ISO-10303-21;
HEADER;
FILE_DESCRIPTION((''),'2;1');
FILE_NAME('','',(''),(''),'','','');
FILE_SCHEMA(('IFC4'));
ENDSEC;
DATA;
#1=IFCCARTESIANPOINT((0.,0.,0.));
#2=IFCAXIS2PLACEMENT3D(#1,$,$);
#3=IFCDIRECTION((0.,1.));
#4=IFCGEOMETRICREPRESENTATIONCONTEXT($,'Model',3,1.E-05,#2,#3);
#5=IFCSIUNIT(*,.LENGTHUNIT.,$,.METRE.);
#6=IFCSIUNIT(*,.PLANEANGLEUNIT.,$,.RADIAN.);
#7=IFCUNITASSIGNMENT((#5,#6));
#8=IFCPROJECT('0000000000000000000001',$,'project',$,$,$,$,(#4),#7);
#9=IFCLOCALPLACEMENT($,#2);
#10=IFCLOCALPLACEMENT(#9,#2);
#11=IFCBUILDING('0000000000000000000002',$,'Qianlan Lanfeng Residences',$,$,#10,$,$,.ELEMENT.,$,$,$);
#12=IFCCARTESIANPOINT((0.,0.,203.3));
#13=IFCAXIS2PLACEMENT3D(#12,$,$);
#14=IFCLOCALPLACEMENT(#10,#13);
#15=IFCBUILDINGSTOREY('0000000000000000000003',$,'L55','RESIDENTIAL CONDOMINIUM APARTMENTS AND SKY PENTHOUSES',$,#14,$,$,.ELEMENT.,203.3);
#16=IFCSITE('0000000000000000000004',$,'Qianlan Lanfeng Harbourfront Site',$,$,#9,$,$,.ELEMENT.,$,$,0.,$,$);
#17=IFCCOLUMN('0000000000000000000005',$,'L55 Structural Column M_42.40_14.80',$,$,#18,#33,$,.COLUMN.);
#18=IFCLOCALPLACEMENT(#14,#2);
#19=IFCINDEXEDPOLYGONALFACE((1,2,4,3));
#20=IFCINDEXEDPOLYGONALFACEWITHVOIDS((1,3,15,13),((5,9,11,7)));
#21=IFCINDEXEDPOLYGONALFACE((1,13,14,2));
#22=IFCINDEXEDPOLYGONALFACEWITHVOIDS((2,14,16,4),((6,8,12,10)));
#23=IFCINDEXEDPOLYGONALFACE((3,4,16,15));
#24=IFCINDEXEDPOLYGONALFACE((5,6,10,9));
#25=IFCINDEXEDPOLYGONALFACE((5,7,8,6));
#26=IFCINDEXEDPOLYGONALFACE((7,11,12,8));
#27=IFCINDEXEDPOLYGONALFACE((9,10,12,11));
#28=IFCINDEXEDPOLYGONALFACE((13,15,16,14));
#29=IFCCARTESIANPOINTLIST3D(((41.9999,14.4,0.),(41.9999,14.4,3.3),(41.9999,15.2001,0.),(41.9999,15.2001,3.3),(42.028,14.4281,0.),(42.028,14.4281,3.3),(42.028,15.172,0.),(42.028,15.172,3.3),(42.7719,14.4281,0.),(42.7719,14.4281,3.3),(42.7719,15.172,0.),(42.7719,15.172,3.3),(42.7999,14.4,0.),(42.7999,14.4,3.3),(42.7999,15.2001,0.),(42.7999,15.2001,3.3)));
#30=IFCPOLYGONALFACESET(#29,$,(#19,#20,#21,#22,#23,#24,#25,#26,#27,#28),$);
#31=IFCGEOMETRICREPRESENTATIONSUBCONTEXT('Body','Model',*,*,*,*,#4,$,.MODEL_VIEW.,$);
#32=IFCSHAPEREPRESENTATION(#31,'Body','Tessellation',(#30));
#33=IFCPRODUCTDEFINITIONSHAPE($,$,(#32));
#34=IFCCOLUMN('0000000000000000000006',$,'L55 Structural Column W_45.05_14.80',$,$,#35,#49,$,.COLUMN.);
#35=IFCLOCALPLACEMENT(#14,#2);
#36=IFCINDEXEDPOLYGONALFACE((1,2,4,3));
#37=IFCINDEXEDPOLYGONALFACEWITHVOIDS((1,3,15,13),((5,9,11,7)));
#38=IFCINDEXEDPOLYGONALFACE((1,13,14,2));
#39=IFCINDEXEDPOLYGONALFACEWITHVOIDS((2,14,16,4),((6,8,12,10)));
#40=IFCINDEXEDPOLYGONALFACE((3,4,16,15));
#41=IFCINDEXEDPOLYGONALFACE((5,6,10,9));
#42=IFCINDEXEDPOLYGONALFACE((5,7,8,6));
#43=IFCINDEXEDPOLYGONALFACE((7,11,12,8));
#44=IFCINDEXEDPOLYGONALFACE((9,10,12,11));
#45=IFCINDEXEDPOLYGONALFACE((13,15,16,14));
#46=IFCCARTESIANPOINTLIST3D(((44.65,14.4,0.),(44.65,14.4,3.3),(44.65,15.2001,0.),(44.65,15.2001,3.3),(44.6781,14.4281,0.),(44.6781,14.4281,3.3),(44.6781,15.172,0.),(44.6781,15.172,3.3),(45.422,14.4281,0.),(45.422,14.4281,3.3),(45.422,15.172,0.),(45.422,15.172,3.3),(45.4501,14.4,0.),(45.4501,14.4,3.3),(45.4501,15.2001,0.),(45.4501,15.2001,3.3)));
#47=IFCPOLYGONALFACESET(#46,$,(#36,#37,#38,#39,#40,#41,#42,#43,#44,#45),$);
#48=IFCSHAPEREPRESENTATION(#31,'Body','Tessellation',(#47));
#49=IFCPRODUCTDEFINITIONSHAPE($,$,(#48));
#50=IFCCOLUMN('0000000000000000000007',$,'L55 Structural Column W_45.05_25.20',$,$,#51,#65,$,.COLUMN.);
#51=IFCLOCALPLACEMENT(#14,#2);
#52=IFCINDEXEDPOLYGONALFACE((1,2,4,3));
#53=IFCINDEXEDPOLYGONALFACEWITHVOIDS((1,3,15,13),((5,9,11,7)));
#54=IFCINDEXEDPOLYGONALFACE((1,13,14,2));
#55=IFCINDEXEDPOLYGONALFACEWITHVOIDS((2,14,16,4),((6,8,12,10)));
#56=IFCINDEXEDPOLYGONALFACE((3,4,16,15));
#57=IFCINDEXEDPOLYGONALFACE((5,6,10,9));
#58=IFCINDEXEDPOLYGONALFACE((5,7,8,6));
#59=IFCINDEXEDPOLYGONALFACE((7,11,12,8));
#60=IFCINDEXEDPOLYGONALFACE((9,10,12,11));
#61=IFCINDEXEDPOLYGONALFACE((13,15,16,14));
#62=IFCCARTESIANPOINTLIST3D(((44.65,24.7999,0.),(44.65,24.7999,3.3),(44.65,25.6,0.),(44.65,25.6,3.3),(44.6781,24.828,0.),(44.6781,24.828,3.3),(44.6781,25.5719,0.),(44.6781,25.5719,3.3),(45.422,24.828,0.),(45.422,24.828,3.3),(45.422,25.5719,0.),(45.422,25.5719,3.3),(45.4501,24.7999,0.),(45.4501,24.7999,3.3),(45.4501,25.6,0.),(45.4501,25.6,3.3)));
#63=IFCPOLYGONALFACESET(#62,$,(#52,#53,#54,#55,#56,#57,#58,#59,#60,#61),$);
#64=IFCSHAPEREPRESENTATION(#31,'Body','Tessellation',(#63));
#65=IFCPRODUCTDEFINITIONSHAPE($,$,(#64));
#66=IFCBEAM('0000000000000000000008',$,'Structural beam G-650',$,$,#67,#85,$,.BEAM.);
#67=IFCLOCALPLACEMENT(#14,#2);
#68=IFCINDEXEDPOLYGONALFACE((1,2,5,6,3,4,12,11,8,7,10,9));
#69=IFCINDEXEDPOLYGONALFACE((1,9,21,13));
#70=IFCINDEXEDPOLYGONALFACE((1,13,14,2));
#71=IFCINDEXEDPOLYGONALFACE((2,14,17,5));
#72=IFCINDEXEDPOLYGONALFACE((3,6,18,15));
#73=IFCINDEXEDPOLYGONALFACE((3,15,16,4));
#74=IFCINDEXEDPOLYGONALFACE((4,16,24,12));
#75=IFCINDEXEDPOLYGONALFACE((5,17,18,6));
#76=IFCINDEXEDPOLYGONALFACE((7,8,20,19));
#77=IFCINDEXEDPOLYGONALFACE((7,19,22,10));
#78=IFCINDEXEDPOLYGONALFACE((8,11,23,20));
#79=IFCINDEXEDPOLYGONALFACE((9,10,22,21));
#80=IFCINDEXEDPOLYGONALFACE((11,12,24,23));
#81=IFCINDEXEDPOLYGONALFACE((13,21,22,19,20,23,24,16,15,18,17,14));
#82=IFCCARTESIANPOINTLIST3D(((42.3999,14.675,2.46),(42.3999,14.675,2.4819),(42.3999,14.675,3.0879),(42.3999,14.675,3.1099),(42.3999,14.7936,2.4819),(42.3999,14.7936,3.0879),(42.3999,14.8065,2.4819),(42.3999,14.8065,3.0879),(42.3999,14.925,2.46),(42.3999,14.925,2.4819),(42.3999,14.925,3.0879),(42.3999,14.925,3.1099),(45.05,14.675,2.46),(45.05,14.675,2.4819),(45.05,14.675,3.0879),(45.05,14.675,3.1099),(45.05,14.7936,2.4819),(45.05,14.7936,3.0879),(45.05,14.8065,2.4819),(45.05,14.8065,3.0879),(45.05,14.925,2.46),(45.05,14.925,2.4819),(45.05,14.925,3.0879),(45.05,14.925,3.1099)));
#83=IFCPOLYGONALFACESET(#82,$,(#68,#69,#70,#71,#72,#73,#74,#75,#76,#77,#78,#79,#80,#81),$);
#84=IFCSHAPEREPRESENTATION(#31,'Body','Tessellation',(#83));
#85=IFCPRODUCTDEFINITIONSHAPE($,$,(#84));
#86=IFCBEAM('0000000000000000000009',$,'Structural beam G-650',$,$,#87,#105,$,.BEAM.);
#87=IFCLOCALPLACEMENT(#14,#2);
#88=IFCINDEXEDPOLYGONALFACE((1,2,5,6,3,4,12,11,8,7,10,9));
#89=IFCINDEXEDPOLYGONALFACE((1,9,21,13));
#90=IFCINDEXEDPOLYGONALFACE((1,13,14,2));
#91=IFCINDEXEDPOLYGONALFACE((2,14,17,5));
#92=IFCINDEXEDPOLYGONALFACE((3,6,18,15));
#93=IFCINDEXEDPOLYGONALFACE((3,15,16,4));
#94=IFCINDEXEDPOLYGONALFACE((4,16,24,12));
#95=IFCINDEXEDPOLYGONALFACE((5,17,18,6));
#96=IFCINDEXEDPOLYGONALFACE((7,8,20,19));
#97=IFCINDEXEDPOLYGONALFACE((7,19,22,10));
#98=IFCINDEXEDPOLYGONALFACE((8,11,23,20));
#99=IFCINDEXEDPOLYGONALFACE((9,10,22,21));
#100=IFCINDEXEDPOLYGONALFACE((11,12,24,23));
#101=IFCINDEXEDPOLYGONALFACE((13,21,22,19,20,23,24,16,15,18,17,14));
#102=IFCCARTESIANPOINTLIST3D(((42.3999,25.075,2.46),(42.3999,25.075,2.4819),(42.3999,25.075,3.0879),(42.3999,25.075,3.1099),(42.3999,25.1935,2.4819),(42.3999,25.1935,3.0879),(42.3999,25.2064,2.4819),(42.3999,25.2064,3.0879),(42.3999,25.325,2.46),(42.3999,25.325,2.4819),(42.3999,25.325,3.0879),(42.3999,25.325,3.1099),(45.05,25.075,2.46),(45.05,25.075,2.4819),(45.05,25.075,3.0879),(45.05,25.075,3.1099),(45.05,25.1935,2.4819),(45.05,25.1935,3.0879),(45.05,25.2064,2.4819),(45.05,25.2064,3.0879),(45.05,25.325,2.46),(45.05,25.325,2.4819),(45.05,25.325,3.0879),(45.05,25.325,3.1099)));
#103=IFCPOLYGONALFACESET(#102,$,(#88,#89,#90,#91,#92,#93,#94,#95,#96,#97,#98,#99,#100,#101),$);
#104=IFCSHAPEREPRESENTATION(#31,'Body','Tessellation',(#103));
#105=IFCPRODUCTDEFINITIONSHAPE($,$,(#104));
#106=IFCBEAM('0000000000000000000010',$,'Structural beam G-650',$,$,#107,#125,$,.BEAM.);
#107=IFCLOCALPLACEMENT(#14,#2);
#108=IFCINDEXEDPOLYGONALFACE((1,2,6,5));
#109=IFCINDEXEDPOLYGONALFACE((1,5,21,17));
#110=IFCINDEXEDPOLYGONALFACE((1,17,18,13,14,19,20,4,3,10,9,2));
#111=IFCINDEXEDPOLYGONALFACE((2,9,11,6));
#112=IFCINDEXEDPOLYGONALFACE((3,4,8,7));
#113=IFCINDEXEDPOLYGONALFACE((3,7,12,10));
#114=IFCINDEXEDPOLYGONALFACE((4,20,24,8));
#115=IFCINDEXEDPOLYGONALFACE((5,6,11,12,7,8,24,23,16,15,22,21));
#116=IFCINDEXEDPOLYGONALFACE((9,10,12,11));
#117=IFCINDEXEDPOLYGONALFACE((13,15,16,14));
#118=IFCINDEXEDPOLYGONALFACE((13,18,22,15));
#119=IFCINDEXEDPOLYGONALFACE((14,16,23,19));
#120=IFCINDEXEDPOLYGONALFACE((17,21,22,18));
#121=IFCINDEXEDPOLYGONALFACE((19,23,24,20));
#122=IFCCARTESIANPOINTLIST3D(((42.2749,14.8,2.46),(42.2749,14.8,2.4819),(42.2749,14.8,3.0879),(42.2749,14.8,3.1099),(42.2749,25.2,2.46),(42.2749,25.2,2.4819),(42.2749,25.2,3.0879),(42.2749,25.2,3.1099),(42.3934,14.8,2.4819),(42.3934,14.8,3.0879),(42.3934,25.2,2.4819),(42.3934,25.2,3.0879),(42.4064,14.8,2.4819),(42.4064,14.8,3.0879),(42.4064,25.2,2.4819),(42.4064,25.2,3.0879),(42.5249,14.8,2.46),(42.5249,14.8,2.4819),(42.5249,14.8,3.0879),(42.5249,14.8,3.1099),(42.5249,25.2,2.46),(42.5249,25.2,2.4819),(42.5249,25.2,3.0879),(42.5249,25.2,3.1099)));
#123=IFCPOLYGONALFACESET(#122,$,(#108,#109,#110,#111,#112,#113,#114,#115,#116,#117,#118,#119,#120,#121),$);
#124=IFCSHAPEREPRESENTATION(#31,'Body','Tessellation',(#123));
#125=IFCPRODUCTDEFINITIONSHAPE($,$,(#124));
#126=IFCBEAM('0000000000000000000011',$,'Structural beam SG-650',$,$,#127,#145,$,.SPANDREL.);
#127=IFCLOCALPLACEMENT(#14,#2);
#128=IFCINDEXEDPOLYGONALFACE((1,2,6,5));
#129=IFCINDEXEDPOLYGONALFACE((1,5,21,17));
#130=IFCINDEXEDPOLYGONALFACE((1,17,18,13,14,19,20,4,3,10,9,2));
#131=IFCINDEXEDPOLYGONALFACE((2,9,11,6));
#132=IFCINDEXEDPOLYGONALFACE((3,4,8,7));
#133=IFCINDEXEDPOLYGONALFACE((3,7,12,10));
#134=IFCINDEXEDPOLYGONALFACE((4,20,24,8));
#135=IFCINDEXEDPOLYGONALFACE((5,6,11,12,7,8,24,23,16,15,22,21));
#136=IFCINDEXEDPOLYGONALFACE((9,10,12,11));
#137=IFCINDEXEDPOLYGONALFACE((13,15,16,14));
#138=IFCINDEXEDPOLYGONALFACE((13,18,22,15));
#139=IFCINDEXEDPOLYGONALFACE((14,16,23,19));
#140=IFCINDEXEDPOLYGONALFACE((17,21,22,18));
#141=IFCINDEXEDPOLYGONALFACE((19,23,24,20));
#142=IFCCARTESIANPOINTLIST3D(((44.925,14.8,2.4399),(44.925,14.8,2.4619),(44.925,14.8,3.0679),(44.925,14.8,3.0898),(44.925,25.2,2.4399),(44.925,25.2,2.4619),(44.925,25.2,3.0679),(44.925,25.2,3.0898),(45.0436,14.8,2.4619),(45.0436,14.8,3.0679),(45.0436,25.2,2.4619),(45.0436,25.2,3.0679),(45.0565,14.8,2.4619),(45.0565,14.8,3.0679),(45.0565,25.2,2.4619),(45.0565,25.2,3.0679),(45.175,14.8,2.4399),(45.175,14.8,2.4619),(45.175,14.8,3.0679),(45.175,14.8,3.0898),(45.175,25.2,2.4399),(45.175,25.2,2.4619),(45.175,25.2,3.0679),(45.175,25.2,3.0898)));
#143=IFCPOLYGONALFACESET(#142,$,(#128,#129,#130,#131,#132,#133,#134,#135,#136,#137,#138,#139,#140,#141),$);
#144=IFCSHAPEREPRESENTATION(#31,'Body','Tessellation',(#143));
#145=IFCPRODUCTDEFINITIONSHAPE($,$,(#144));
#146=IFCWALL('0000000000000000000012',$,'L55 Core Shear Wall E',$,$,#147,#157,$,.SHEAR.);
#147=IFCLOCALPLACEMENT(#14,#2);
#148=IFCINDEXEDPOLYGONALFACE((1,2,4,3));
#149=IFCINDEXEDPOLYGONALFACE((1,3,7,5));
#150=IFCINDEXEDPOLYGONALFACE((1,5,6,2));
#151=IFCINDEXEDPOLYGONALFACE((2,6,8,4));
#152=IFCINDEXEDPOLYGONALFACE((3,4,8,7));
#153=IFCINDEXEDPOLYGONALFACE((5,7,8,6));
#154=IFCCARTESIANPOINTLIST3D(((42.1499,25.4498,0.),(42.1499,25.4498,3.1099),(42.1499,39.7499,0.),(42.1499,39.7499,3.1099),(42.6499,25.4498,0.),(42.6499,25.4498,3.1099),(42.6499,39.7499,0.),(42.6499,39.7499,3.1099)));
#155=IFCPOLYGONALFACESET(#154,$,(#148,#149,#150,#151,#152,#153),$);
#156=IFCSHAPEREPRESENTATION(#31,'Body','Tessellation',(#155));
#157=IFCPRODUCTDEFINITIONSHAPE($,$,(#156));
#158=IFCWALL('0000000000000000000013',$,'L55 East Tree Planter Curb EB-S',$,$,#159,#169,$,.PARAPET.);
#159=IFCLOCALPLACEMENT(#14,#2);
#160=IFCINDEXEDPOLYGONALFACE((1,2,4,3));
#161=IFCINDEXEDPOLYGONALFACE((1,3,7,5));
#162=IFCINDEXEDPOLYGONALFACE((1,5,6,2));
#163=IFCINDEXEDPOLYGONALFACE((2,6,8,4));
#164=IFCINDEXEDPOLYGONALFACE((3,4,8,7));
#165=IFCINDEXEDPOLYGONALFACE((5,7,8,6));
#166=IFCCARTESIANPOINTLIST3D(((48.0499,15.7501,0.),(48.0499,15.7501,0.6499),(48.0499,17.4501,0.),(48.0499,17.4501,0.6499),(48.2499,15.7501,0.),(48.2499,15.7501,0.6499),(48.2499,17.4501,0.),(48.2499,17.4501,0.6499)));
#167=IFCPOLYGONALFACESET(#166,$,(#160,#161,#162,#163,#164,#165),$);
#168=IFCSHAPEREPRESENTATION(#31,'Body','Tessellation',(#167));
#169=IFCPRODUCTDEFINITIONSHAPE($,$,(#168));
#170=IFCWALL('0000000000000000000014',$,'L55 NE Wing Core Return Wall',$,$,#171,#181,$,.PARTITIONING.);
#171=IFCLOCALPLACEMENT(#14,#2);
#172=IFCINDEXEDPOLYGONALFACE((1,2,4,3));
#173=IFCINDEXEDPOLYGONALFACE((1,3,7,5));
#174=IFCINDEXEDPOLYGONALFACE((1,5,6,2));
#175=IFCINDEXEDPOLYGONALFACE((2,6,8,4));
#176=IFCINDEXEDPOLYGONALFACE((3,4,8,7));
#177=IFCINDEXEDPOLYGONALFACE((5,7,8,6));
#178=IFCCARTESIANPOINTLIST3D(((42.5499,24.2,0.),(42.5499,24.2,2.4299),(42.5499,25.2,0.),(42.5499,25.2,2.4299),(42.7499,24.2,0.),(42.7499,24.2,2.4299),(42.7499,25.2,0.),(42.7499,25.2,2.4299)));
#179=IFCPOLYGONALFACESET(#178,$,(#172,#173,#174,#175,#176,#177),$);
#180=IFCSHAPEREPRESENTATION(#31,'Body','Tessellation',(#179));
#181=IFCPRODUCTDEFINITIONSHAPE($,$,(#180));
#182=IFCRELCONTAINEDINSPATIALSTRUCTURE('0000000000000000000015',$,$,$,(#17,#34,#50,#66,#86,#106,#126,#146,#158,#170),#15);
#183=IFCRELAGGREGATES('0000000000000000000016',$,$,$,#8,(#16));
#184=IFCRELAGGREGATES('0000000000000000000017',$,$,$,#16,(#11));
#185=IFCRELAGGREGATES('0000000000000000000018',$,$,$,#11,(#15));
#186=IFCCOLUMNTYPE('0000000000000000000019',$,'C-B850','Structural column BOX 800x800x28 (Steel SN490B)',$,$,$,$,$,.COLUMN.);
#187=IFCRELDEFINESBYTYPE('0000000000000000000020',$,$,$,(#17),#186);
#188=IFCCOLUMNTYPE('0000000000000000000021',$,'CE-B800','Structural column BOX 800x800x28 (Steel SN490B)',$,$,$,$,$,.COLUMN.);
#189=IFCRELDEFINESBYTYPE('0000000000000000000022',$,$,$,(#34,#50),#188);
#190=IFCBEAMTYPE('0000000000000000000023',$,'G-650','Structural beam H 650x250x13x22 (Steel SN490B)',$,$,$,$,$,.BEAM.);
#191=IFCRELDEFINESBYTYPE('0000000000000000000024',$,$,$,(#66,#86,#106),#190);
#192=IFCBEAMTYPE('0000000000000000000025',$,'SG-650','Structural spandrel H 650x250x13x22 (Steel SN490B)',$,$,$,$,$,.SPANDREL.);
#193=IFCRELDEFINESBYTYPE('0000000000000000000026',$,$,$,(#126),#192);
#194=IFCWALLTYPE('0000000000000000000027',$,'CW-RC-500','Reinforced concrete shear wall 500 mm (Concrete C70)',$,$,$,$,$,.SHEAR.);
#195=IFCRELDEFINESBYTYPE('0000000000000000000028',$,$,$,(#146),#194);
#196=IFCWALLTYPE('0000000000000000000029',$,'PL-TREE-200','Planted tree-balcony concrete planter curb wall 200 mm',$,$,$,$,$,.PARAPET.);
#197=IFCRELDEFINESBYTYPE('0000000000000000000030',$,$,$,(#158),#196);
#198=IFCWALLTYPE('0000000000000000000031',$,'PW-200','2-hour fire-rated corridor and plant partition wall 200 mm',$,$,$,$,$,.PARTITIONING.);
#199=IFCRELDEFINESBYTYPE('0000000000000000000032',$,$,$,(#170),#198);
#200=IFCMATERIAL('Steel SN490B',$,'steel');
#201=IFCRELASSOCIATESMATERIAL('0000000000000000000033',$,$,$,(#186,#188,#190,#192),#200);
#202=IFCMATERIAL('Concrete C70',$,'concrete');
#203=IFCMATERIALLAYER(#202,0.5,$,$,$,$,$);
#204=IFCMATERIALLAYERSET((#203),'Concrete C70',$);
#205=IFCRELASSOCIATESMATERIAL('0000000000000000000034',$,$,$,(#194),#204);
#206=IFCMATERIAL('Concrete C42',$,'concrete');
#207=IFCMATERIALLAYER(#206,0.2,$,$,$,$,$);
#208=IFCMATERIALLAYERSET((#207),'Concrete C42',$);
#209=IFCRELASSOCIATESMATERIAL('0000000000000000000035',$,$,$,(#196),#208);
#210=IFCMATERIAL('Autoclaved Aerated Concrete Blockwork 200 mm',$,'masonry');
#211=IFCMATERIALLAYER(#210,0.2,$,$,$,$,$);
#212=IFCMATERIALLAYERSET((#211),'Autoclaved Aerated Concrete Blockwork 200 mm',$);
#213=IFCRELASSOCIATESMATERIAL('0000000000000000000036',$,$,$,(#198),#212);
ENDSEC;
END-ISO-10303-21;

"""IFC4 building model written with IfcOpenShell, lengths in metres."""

from ifc_helpers import new_model, si_unit, direction, frame, frame_2d, origin, origin_2d, place, context, subcontext, project, spatial, rectangle, hollow_rectangle, i_section, extrude, material, layer, layer_set, material_profile, profile_set, type_object, element, save


model = new_model("IFC4")

# Units and contexts
model_context = context("Model", 3, precision=1e-05, world=origin(), true_north=direction((0.0, 1.0)))
body_context = subcontext(model_context, "Body", "Model", "MODEL_VIEW")
ifc_project = project(units=[si_unit("LENGTHUNIT", "METRE"), si_unit("PLANEANGLEUNIT", "RADIAN")], contexts=[model_context])

# Site, building, storey
site_placement = place(None, origin())
site = spatial("IfcSite", under=ifc_project, at=site_placement, Name="Qianlan Lanfeng Harbourfront Site", CompositionType="ELEMENT", RefElevation=0.0)
building_placement = place(site_placement, origin())
building = spatial("IfcBuilding", under=site, at=building_placement, Name="Qianlan Lanfeng Residences", CompositionType="ELEMENT")
storey_placement = place(building_placement, frame((0.0, 0.0, 203.3)))
storey = spatial("IfcBuildingStorey", under=building, at=storey_placement, Name="L55", Description="RESIDENTIAL CONDOMINIUM APARTMENTS AND SKY PENTHOUSES", CompositionType="ELEMENT", Elevation=203.3)

# Columns
ifc_material_1 = material(Name="Steel SN490B", Category="steel")
ifc_material_profile_1 = material_profile(ifc_material_1, hollow_rectangle(XDim=0.8, YDim=0.8, WallThickness=0.0281, at=origin_2d()), Name="BOX 800x800x28")
ifc_profile_set_1 = profile_set([ifc_material_profile_1], Name="Steel SN490B")
column_type_1 = type_object("IfcColumnType", Name="C-B850", Description="Structural column BOX 800x800x28 (Steel SN490B)", PredefinedType="COLUMN", material=ifc_profile_set_1)
column_placement = place(storey_placement, frame((42.3999, 14.8, 0.0), z_axis=(0.0, 0.0, 1.0), x_axis=(1.0, 0.0, 0.0)))
element("IfcColumn", 1, at=column_placement, inside=storey, type_object=column_type_1, Name="L55 Structural Column M_42.40_14.80", PredefinedType="COLUMN", context=body_context, shape_type="SweptSolid", body=[
    extrude(hollow_rectangle(XDim=0.8, YDim=0.8, WallThickness=0.0281, at=origin_2d()), origin(), (0.0, 0.0, 1.0), 3.3),
])
ifc_material_profile_2 = material_profile(ifc_material_1, hollow_rectangle(XDim=0.8, YDim=0.8, WallThickness=0.0281, at=origin_2d()), Name="BOX 800x800x28")
ifc_profile_set_2 = profile_set([ifc_material_profile_2], Name="Steel SN490B")
column_type_2 = type_object("IfcColumnType", Name="CE-B800", Description="Structural column BOX 800x800x28 (Steel SN490B)", PredefinedType="COLUMN", material=ifc_profile_set_2)
for number, where, z_axis, x_axis, name in (
    (2, (45.05, 14.8, 0.0), (0.0, 0.0, 1.0), (1.0, 0.0, 0.0), "L55 Structural Column W_45.05_14.80"),
    (3, (45.05, 25.2, 0.0), (0.0, 0.0, 1.0), (1.0, 0.0, 0.0), "L55 Structural Column W_45.05_25.20"),
):
    element("IfcColumn", number, at=place(storey_placement, frame(where, z_axis=z_axis, x_axis=x_axis)), inside=storey, type_object=column_type_2, Name=name, PredefinedType="COLUMN", context=body_context, shape_type="SweptSolid", body=[
        extrude(hollow_rectangle(XDim=0.8, YDim=0.8, WallThickness=0.0281, at=origin_2d()), origin(), (0.0, 0.0, 1.0), 3.3),
    ])

# Beams
ifc_material_profile_3 = material_profile(ifc_material_1, i_section(OverallWidth=0.25, OverallDepth=0.6499, WebThickness=0.0129, FlangeThickness=0.022, at=origin_2d()), Name="H 650x250x13x22")
ifc_profile_set_3 = profile_set([ifc_material_profile_3], Name="Steel SN490B")
beam_type_1 = type_object("IfcBeamType", Name="G-650", Description="Structural beam H 650x250x13x22 (Steel SN490B)", PredefinedType="BEAM", material=ifc_profile_set_3)
for number, where, z_axis, x_axis, name in (
    (4, (42.3999, 14.8, 2.7849), (1.0, 0.0, 0.0), (0.0, 1.0, 0.0), "Structural beam G-650"),
    (5, (42.3999, 25.2, 2.7849), (1.0, 0.0, 0.0), (0.0, 1.0, 0.0), "Structural beam G-650"),
):
    element("IfcBeam", number, at=place(storey_placement, frame(where, z_axis=z_axis, x_axis=x_axis)), inside=storey, type_object=beam_type_1, Name=name, PredefinedType="BEAM", context=body_context, shape_type="SweptSolid", body=[
        extrude(i_section(OverallWidth=0.25, OverallDepth=0.6499, WebThickness=0.0129, FlangeThickness=0.022, at=origin_2d()), origin(), (0.0, 0.0, 1.0), 2.6501),
    ])
beam_1_placement = place(storey_placement, frame((42.3999, 14.8, 2.7849), z_axis=(0.0, 1.0, 0.0), x_axis=(-1.0, 0.0, 0.0)))
element("IfcBeam", 6, at=beam_1_placement, inside=storey, type_object=beam_type_1, Name="Structural beam G-650", PredefinedType="BEAM", context=body_context, shape_type="SweptSolid", body=[
    extrude(i_section(OverallWidth=0.25, OverallDepth=0.6499, WebThickness=0.0129, FlangeThickness=0.022, at=origin_2d()), origin(), (0.0, 0.0, 1.0), 10.3999),
])
ifc_material_profile_4 = material_profile(ifc_material_1, i_section(OverallWidth=0.25, OverallDepth=0.6499, WebThickness=0.0129, FlangeThickness=0.022, at=origin_2d()), Name="H 650x250x13x22")
ifc_profile_set_4 = profile_set([ifc_material_profile_4], Name="Steel SN490B")
beam_type_2 = type_object("IfcBeamType", Name="SG-650", Description="Structural spandrel H 650x250x13x22 (Steel SN490B)", PredefinedType="SPANDREL", material=ifc_profile_set_4)
beam_2_placement = place(storey_placement, frame((45.05, 14.8, 2.7649), z_axis=(0.0, 1.0, 0.0), x_axis=(-1.0, 0.0, 0.0)))
element("IfcBeam", 7, at=beam_2_placement, inside=storey, type_object=beam_type_2, Name="Structural beam SG-650", PredefinedType="SPANDREL", context=body_context, shape_type="SweptSolid", body=[
    extrude(i_section(OverallWidth=0.25, OverallDepth=0.6499, WebThickness=0.0129, FlangeThickness=0.022, at=origin_2d()), origin(), (0.0, 0.0, 1.0), 10.3999),
])

# Walls
ifc_material_2 = material(Name="Concrete C70", Category="concrete")
ifc_layer_1 = layer(ifc_material_2, 0.5)
ifc_layer_set_1 = layer_set([ifc_layer_1], Name="Concrete C70")
wall_type_1 = type_object("IfcWallType", Name="CW-RC-500", Description="Reinforced concrete shear wall 500 mm (Concrete C70)", PredefinedType="SHEAR", material=ifc_layer_set_1)
wall_1_placement = place(storey_placement, frame((42.3999, 25.45, 0.0), z_axis=(0.0, 0.0, 1.0), x_axis=(0.0, 1.0, 0.0)))
element("IfcWall", 8, at=wall_1_placement, inside=storey, type_object=wall_type_1, Name="L55 Core Shear Wall E", PredefinedType="SHEAR", context=body_context, shape_type="SweptSolid", body=[
    extrude(rectangle(XDim=14.3, YDim=0.5, at=frame_2d((7.1499, 0.0))), origin(), (0.0, 0.0, 1.0), 3.1099),
])
ifc_material_3 = material(Name="Concrete C42", Category="concrete")
ifc_layer_2 = layer(ifc_material_3, 0.2)
ifc_layer_set_2 = layer_set([ifc_layer_2], Name="Concrete C42")
wall_type_2 = type_object("IfcWallType", Name="PL-TREE-200", Description="Planted tree-balcony concrete planter curb wall 200 mm", PredefinedType="PARAPET", material=ifc_layer_set_2)
wall_2_placement = place(storey_placement, frame((48.1499, 15.75, 0.0), z_axis=(0.0, 0.0, 1.0), x_axis=(0.0, 1.0, 0.0)))
element("IfcWall", 9, at=wall_2_placement, inside=storey, type_object=wall_type_2, Name="L55 East Tree Planter Curb EB-S", PredefinedType="PARAPET", context=body_context, shape_type="SweptSolid", body=[
    extrude(rectangle(XDim=1.7, YDim=0.2, at=frame_2d((0.8501, 0.0))), origin(), (0.0, 0.0, 1.0), 0.6499),
])

# Shared definitions
ifc_material_4 = material(Name="Autoclaved Aerated Concrete Blockwork 200 mm", Category="masonry")
ifc_layer_3 = layer(ifc_material_4, 0.2)
ifc_layer_set_3 = layer_set([ifc_layer_3], Name="Autoclaved Aerated Concrete Blockwork 200 mm")
wall_type_3 = type_object("IfcWallType", Name="PW-200", Description="2-hour fire-rated corridor and plant partition wall 200 mm", PredefinedType="PARTITIONING", material=ifc_layer_set_3)

# Wall
wall_3_placement = place(storey_placement, frame((42.6499, 24.2, 0.0), z_axis=(0.0, 0.0, 1.0), x_axis=(0.0, 1.0, 0.0)))
element("IfcWall", 10, at=wall_3_placement, inside=storey, type_object=wall_type_3, Name="L55 NE Wing Core Return Wall", PredefinedType="PARTITIONING", context=body_context, shape_type="SweptSolid", body=[
    extrude(rectangle(XDim=1.0, YDim=0.2, at=frame_2d((0.5, 0.0))), origin(), (0.0, 0.0, 1.0), 2.4299),
])

save(model, "model.ifc")
